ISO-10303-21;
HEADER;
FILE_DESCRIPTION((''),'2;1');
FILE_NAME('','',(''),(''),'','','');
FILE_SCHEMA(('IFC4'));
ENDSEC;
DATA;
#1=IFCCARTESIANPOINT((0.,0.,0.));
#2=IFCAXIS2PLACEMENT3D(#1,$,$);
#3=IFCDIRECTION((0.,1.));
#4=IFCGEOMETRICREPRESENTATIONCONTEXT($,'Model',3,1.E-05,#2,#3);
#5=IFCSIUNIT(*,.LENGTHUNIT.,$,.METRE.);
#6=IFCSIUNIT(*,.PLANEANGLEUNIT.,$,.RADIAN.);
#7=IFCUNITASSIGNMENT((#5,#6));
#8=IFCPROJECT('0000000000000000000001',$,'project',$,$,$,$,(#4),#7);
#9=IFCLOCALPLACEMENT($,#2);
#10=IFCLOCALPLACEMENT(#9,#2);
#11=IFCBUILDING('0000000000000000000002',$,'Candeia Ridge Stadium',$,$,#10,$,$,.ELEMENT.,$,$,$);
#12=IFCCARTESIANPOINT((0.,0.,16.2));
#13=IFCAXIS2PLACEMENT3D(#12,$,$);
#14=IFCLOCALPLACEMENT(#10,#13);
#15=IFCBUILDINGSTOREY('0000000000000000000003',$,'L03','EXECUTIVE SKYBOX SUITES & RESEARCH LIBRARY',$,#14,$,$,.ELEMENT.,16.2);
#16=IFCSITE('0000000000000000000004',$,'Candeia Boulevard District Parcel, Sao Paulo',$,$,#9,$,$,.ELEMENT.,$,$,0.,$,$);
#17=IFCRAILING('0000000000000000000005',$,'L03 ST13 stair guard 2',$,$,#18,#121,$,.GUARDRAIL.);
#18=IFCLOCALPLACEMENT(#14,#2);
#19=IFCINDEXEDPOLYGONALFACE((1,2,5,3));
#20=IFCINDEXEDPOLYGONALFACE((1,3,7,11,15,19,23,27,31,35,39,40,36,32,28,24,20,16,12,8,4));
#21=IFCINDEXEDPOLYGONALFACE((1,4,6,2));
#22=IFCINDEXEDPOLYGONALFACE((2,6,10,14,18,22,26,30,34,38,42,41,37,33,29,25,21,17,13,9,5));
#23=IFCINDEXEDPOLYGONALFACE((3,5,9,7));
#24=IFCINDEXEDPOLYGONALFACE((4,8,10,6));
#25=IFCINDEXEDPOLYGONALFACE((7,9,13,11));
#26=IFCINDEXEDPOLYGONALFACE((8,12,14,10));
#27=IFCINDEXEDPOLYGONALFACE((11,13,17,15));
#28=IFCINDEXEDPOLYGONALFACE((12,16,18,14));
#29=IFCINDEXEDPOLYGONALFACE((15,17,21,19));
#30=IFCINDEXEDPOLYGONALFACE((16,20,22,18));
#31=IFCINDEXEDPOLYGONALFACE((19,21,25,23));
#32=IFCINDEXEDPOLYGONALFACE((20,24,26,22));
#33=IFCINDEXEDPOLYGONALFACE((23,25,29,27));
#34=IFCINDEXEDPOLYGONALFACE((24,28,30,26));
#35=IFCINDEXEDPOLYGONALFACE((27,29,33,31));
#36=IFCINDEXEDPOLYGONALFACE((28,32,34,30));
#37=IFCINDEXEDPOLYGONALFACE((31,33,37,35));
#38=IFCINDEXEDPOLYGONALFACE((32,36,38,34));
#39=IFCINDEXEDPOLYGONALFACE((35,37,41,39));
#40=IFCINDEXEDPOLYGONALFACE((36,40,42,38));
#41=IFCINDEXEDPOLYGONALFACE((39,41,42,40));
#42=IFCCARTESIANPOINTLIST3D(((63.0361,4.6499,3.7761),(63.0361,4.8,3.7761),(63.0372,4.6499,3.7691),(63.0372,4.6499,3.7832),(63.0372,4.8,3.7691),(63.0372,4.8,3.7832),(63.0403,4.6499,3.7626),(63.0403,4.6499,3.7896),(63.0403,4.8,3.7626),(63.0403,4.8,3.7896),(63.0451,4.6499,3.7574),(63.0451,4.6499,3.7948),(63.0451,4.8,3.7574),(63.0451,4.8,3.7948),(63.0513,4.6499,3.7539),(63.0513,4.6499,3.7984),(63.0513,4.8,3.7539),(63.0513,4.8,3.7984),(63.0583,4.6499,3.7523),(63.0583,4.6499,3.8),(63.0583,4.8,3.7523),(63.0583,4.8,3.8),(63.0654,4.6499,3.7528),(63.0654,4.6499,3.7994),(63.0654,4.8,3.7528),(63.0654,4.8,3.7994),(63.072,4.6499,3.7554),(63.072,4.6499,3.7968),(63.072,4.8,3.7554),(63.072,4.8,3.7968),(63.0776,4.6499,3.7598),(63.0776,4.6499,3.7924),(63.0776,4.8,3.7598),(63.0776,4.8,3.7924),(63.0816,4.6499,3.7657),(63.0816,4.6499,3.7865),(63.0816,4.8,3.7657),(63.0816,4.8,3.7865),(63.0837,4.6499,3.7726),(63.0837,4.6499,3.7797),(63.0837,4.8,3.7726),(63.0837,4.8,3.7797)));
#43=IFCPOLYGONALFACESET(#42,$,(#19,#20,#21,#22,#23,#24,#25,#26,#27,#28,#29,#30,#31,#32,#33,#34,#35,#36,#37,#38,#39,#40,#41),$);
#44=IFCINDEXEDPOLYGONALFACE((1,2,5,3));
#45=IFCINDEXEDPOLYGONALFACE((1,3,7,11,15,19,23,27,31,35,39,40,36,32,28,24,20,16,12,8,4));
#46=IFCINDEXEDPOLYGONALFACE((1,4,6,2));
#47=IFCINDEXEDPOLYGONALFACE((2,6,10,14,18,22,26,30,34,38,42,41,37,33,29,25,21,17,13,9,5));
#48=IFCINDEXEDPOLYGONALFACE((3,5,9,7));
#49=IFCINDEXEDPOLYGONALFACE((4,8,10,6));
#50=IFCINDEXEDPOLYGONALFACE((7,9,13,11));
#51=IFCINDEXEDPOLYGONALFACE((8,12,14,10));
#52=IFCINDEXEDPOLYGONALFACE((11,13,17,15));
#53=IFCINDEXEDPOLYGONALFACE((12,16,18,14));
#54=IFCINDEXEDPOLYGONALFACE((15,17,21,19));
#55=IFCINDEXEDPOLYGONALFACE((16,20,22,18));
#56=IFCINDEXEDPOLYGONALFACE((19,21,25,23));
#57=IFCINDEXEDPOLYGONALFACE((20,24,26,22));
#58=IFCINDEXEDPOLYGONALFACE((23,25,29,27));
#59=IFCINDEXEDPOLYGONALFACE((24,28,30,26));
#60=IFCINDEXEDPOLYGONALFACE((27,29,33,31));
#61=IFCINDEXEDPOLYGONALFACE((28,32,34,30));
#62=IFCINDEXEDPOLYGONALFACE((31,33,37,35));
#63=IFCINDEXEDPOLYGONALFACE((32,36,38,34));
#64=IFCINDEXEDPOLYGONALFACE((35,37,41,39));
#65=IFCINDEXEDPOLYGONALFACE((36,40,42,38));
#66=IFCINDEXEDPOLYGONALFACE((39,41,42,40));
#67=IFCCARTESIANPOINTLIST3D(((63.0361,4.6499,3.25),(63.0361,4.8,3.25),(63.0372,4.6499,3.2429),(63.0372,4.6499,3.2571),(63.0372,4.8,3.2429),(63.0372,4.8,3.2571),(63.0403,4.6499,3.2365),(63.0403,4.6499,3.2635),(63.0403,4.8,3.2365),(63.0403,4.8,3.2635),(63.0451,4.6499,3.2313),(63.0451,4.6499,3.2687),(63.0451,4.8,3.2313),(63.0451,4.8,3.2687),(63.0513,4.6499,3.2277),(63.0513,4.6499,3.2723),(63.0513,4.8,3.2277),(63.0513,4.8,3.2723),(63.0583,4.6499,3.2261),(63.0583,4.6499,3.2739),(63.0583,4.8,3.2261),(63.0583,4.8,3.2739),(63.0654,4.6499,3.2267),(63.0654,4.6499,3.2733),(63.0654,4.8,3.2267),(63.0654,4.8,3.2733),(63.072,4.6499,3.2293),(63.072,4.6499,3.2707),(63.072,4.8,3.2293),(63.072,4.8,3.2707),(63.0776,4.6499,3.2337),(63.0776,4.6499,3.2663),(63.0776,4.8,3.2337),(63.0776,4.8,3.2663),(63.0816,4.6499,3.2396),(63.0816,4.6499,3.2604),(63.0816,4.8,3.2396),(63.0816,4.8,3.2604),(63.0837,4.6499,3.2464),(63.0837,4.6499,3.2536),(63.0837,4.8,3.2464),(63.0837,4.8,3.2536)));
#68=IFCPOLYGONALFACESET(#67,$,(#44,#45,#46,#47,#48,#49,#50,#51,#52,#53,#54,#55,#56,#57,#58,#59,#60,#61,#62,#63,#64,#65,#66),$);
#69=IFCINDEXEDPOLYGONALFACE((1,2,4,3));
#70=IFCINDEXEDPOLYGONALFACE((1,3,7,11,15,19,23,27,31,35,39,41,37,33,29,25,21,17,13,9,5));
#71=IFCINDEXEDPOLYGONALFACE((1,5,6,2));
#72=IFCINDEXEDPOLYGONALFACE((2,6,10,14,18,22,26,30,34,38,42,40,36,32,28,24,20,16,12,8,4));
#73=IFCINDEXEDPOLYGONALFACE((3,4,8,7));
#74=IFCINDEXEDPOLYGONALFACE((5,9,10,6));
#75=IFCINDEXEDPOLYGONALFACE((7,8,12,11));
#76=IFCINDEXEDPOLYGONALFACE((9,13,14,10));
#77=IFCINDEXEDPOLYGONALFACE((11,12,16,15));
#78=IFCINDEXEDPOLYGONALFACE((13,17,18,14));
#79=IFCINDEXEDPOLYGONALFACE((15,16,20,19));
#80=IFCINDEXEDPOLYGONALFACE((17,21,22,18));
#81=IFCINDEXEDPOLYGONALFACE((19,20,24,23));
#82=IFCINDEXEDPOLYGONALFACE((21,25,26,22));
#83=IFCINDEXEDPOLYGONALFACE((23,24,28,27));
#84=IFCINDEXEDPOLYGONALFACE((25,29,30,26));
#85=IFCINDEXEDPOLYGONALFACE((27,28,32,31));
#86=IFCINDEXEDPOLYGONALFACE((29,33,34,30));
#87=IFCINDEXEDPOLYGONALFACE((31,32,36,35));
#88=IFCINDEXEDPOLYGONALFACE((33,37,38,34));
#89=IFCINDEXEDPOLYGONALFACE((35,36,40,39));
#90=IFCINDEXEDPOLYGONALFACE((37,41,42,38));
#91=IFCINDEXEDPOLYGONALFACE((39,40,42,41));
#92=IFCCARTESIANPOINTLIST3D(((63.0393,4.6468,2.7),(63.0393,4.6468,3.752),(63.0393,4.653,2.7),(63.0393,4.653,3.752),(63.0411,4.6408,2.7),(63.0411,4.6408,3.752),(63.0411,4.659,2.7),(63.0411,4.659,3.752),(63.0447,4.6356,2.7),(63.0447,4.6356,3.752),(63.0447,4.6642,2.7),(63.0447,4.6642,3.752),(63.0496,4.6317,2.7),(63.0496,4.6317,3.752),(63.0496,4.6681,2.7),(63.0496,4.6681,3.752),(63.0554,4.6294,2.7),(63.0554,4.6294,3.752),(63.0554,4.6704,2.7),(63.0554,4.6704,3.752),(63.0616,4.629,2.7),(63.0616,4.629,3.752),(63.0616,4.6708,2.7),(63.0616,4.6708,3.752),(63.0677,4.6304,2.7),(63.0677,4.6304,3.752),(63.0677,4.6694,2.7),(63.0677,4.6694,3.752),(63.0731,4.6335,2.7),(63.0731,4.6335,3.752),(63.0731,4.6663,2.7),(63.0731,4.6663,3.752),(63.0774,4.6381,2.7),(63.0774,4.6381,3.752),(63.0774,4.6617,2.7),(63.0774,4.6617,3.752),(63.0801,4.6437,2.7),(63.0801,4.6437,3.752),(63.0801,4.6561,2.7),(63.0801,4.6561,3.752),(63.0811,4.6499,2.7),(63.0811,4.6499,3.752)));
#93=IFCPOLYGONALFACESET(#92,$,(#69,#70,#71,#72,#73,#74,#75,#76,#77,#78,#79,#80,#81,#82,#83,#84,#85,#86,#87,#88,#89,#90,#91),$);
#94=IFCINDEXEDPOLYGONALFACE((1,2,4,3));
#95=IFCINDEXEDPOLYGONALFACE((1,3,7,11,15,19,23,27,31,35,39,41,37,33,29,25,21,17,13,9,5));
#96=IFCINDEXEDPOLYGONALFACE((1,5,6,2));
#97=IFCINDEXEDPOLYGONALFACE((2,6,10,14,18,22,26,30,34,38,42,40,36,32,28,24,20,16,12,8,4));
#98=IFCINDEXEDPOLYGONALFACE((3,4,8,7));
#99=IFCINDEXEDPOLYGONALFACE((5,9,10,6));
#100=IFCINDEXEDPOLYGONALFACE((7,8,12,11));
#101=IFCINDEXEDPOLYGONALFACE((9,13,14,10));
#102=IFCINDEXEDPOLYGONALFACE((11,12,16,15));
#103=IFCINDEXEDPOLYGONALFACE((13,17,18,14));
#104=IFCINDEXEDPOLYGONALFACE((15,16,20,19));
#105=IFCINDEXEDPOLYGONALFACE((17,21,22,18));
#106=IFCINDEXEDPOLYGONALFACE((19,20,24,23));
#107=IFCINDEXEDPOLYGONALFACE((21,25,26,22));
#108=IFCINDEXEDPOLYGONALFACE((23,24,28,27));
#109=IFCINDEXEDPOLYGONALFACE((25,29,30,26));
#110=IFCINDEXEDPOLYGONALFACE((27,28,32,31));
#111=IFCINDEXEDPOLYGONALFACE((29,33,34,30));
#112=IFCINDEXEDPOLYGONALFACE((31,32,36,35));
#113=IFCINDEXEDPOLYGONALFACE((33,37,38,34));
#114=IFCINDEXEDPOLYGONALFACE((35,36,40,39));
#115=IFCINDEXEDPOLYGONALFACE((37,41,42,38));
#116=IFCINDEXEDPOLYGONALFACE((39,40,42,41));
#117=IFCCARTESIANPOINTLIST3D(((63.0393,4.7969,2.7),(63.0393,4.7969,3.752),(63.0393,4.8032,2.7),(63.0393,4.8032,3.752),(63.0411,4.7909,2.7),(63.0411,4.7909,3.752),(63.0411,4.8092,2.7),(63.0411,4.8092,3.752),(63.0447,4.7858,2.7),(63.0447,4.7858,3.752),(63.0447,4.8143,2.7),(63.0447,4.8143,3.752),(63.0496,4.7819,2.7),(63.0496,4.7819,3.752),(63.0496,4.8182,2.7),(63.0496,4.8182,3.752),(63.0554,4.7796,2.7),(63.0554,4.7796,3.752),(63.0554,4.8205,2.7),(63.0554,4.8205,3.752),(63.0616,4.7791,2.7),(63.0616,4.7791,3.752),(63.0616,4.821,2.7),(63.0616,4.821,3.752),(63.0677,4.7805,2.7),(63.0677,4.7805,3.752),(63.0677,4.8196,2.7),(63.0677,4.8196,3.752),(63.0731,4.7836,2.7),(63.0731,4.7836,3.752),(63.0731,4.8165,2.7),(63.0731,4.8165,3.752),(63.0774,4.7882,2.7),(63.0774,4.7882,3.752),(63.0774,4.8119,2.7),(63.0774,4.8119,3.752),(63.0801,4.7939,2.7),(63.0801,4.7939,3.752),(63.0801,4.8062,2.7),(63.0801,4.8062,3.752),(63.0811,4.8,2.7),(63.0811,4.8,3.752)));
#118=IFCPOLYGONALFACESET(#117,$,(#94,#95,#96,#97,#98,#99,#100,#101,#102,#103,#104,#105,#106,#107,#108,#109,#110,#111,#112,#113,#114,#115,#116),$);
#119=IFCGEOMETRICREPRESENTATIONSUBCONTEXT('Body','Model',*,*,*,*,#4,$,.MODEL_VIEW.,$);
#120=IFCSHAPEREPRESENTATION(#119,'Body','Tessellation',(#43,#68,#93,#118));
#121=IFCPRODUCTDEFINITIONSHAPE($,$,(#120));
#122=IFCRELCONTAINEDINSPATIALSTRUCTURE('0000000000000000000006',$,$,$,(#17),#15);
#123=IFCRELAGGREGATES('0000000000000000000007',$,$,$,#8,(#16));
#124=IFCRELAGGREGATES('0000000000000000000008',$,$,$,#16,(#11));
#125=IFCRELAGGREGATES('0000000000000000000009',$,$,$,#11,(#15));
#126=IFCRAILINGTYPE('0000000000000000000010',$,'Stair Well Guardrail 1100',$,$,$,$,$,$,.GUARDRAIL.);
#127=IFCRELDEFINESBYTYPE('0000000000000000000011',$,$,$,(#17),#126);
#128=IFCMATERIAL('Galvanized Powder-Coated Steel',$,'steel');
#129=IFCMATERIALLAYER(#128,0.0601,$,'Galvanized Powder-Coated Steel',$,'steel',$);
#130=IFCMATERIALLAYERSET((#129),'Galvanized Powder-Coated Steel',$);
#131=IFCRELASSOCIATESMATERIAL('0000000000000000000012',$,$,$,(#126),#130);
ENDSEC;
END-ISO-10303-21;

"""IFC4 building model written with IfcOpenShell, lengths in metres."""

from ifc_helpers import new_model, si_unit, direction, frame, origin, origin_2d, place, context, subcontext, project, spatial, circle, extrude, material, layer, layer_set, type_object, element, save


model = new_model("IFC4")

# Units and contexts
model_context = context("Model", 3, precision=1e-05, world=origin(), true_north=direction((0.0, 1.0)))
body_context = subcontext(model_context, "Body", "Model", "MODEL_VIEW")
ifc_project = project(units=[si_unit("LENGTHUNIT", "METRE"), si_unit("PLANEANGLEUNIT", "RADIAN")], contexts=[model_context])

# Site, building, storey
site_placement = place(None, origin())
site = spatial("IfcSite", under=ifc_project, at=site_placement, Name="Candeia Boulevard District Parcel, Sao Paulo", CompositionType="ELEMENT", RefElevation=0.0)
building_placement = place(site_placement, origin())
building = spatial("IfcBuilding", under=site, at=building_placement, Name="Candeia Ridge Stadium", CompositionType="ELEMENT")
storey_placement = place(building_placement, frame((0.0, 0.0, 16.2)))
storey = spatial("IfcBuildingStorey", under=building, at=storey_placement, Name="L03", Description="EXECUTIVE SKYBOX SUITES & RESEARCH LIBRARY", CompositionType="ELEMENT", Elevation=16.2)

# Railing
ifc_material_1 = material(Name="Galvanized Powder-Coated Steel", Category="steel")
ifc_layer_1 = layer(ifc_material_1, 0.0601, Name="Galvanized Powder-Coated Steel", Category="steel")
ifc_layer_set_1 = layer_set([ifc_layer_1], Name="Galvanized Powder-Coated Steel")
railing_type_1 = type_object("IfcRailingType", Name="Stair Well Guardrail 1100", PredefinedType="GUARDRAIL", material=ifc_layer_set_1)
railing_1_placement = place(storey_placement, frame((63.0601, 4.6499, 2.7)))
element("IfcRailing", 1, at=railing_1_placement, inside=storey, type_object=railing_type_1, Name="L03 ST13 stair guard 2", PredefinedType="GUARDRAIL", context=body_context, shape_type="SweptSolid", body=[
    extrude(circle(Radius=0.0239, at=origin_2d()), frame((0.0, 0.0, 1.0762), z_axis=(0.0, 1.0, 0.0), x_axis=(-1.0, 0.0, 0.0)), (0.0, 0.0, 1.0), 0.1501),
    extrude(circle(Radius=0.0239, at=origin_2d()), frame((0.0, 0.0, 0.55), z_axis=(0.0, 1.0, 0.0), x_axis=(-1.0, 0.0, 0.0)), (0.0, 0.0, 1.0), 0.1501),
    extrude(circle(Radius=0.021, at=origin_2d()), origin(), (0.0, 0.0, 1.0), 1.052),
    extrude(circle(Radius=0.021, at=origin_2d()), frame((0.0, 0.1501, 0.0)), (0.0, 0.0, 1.0), 1.052),
])

save(model, "model.ifc")
